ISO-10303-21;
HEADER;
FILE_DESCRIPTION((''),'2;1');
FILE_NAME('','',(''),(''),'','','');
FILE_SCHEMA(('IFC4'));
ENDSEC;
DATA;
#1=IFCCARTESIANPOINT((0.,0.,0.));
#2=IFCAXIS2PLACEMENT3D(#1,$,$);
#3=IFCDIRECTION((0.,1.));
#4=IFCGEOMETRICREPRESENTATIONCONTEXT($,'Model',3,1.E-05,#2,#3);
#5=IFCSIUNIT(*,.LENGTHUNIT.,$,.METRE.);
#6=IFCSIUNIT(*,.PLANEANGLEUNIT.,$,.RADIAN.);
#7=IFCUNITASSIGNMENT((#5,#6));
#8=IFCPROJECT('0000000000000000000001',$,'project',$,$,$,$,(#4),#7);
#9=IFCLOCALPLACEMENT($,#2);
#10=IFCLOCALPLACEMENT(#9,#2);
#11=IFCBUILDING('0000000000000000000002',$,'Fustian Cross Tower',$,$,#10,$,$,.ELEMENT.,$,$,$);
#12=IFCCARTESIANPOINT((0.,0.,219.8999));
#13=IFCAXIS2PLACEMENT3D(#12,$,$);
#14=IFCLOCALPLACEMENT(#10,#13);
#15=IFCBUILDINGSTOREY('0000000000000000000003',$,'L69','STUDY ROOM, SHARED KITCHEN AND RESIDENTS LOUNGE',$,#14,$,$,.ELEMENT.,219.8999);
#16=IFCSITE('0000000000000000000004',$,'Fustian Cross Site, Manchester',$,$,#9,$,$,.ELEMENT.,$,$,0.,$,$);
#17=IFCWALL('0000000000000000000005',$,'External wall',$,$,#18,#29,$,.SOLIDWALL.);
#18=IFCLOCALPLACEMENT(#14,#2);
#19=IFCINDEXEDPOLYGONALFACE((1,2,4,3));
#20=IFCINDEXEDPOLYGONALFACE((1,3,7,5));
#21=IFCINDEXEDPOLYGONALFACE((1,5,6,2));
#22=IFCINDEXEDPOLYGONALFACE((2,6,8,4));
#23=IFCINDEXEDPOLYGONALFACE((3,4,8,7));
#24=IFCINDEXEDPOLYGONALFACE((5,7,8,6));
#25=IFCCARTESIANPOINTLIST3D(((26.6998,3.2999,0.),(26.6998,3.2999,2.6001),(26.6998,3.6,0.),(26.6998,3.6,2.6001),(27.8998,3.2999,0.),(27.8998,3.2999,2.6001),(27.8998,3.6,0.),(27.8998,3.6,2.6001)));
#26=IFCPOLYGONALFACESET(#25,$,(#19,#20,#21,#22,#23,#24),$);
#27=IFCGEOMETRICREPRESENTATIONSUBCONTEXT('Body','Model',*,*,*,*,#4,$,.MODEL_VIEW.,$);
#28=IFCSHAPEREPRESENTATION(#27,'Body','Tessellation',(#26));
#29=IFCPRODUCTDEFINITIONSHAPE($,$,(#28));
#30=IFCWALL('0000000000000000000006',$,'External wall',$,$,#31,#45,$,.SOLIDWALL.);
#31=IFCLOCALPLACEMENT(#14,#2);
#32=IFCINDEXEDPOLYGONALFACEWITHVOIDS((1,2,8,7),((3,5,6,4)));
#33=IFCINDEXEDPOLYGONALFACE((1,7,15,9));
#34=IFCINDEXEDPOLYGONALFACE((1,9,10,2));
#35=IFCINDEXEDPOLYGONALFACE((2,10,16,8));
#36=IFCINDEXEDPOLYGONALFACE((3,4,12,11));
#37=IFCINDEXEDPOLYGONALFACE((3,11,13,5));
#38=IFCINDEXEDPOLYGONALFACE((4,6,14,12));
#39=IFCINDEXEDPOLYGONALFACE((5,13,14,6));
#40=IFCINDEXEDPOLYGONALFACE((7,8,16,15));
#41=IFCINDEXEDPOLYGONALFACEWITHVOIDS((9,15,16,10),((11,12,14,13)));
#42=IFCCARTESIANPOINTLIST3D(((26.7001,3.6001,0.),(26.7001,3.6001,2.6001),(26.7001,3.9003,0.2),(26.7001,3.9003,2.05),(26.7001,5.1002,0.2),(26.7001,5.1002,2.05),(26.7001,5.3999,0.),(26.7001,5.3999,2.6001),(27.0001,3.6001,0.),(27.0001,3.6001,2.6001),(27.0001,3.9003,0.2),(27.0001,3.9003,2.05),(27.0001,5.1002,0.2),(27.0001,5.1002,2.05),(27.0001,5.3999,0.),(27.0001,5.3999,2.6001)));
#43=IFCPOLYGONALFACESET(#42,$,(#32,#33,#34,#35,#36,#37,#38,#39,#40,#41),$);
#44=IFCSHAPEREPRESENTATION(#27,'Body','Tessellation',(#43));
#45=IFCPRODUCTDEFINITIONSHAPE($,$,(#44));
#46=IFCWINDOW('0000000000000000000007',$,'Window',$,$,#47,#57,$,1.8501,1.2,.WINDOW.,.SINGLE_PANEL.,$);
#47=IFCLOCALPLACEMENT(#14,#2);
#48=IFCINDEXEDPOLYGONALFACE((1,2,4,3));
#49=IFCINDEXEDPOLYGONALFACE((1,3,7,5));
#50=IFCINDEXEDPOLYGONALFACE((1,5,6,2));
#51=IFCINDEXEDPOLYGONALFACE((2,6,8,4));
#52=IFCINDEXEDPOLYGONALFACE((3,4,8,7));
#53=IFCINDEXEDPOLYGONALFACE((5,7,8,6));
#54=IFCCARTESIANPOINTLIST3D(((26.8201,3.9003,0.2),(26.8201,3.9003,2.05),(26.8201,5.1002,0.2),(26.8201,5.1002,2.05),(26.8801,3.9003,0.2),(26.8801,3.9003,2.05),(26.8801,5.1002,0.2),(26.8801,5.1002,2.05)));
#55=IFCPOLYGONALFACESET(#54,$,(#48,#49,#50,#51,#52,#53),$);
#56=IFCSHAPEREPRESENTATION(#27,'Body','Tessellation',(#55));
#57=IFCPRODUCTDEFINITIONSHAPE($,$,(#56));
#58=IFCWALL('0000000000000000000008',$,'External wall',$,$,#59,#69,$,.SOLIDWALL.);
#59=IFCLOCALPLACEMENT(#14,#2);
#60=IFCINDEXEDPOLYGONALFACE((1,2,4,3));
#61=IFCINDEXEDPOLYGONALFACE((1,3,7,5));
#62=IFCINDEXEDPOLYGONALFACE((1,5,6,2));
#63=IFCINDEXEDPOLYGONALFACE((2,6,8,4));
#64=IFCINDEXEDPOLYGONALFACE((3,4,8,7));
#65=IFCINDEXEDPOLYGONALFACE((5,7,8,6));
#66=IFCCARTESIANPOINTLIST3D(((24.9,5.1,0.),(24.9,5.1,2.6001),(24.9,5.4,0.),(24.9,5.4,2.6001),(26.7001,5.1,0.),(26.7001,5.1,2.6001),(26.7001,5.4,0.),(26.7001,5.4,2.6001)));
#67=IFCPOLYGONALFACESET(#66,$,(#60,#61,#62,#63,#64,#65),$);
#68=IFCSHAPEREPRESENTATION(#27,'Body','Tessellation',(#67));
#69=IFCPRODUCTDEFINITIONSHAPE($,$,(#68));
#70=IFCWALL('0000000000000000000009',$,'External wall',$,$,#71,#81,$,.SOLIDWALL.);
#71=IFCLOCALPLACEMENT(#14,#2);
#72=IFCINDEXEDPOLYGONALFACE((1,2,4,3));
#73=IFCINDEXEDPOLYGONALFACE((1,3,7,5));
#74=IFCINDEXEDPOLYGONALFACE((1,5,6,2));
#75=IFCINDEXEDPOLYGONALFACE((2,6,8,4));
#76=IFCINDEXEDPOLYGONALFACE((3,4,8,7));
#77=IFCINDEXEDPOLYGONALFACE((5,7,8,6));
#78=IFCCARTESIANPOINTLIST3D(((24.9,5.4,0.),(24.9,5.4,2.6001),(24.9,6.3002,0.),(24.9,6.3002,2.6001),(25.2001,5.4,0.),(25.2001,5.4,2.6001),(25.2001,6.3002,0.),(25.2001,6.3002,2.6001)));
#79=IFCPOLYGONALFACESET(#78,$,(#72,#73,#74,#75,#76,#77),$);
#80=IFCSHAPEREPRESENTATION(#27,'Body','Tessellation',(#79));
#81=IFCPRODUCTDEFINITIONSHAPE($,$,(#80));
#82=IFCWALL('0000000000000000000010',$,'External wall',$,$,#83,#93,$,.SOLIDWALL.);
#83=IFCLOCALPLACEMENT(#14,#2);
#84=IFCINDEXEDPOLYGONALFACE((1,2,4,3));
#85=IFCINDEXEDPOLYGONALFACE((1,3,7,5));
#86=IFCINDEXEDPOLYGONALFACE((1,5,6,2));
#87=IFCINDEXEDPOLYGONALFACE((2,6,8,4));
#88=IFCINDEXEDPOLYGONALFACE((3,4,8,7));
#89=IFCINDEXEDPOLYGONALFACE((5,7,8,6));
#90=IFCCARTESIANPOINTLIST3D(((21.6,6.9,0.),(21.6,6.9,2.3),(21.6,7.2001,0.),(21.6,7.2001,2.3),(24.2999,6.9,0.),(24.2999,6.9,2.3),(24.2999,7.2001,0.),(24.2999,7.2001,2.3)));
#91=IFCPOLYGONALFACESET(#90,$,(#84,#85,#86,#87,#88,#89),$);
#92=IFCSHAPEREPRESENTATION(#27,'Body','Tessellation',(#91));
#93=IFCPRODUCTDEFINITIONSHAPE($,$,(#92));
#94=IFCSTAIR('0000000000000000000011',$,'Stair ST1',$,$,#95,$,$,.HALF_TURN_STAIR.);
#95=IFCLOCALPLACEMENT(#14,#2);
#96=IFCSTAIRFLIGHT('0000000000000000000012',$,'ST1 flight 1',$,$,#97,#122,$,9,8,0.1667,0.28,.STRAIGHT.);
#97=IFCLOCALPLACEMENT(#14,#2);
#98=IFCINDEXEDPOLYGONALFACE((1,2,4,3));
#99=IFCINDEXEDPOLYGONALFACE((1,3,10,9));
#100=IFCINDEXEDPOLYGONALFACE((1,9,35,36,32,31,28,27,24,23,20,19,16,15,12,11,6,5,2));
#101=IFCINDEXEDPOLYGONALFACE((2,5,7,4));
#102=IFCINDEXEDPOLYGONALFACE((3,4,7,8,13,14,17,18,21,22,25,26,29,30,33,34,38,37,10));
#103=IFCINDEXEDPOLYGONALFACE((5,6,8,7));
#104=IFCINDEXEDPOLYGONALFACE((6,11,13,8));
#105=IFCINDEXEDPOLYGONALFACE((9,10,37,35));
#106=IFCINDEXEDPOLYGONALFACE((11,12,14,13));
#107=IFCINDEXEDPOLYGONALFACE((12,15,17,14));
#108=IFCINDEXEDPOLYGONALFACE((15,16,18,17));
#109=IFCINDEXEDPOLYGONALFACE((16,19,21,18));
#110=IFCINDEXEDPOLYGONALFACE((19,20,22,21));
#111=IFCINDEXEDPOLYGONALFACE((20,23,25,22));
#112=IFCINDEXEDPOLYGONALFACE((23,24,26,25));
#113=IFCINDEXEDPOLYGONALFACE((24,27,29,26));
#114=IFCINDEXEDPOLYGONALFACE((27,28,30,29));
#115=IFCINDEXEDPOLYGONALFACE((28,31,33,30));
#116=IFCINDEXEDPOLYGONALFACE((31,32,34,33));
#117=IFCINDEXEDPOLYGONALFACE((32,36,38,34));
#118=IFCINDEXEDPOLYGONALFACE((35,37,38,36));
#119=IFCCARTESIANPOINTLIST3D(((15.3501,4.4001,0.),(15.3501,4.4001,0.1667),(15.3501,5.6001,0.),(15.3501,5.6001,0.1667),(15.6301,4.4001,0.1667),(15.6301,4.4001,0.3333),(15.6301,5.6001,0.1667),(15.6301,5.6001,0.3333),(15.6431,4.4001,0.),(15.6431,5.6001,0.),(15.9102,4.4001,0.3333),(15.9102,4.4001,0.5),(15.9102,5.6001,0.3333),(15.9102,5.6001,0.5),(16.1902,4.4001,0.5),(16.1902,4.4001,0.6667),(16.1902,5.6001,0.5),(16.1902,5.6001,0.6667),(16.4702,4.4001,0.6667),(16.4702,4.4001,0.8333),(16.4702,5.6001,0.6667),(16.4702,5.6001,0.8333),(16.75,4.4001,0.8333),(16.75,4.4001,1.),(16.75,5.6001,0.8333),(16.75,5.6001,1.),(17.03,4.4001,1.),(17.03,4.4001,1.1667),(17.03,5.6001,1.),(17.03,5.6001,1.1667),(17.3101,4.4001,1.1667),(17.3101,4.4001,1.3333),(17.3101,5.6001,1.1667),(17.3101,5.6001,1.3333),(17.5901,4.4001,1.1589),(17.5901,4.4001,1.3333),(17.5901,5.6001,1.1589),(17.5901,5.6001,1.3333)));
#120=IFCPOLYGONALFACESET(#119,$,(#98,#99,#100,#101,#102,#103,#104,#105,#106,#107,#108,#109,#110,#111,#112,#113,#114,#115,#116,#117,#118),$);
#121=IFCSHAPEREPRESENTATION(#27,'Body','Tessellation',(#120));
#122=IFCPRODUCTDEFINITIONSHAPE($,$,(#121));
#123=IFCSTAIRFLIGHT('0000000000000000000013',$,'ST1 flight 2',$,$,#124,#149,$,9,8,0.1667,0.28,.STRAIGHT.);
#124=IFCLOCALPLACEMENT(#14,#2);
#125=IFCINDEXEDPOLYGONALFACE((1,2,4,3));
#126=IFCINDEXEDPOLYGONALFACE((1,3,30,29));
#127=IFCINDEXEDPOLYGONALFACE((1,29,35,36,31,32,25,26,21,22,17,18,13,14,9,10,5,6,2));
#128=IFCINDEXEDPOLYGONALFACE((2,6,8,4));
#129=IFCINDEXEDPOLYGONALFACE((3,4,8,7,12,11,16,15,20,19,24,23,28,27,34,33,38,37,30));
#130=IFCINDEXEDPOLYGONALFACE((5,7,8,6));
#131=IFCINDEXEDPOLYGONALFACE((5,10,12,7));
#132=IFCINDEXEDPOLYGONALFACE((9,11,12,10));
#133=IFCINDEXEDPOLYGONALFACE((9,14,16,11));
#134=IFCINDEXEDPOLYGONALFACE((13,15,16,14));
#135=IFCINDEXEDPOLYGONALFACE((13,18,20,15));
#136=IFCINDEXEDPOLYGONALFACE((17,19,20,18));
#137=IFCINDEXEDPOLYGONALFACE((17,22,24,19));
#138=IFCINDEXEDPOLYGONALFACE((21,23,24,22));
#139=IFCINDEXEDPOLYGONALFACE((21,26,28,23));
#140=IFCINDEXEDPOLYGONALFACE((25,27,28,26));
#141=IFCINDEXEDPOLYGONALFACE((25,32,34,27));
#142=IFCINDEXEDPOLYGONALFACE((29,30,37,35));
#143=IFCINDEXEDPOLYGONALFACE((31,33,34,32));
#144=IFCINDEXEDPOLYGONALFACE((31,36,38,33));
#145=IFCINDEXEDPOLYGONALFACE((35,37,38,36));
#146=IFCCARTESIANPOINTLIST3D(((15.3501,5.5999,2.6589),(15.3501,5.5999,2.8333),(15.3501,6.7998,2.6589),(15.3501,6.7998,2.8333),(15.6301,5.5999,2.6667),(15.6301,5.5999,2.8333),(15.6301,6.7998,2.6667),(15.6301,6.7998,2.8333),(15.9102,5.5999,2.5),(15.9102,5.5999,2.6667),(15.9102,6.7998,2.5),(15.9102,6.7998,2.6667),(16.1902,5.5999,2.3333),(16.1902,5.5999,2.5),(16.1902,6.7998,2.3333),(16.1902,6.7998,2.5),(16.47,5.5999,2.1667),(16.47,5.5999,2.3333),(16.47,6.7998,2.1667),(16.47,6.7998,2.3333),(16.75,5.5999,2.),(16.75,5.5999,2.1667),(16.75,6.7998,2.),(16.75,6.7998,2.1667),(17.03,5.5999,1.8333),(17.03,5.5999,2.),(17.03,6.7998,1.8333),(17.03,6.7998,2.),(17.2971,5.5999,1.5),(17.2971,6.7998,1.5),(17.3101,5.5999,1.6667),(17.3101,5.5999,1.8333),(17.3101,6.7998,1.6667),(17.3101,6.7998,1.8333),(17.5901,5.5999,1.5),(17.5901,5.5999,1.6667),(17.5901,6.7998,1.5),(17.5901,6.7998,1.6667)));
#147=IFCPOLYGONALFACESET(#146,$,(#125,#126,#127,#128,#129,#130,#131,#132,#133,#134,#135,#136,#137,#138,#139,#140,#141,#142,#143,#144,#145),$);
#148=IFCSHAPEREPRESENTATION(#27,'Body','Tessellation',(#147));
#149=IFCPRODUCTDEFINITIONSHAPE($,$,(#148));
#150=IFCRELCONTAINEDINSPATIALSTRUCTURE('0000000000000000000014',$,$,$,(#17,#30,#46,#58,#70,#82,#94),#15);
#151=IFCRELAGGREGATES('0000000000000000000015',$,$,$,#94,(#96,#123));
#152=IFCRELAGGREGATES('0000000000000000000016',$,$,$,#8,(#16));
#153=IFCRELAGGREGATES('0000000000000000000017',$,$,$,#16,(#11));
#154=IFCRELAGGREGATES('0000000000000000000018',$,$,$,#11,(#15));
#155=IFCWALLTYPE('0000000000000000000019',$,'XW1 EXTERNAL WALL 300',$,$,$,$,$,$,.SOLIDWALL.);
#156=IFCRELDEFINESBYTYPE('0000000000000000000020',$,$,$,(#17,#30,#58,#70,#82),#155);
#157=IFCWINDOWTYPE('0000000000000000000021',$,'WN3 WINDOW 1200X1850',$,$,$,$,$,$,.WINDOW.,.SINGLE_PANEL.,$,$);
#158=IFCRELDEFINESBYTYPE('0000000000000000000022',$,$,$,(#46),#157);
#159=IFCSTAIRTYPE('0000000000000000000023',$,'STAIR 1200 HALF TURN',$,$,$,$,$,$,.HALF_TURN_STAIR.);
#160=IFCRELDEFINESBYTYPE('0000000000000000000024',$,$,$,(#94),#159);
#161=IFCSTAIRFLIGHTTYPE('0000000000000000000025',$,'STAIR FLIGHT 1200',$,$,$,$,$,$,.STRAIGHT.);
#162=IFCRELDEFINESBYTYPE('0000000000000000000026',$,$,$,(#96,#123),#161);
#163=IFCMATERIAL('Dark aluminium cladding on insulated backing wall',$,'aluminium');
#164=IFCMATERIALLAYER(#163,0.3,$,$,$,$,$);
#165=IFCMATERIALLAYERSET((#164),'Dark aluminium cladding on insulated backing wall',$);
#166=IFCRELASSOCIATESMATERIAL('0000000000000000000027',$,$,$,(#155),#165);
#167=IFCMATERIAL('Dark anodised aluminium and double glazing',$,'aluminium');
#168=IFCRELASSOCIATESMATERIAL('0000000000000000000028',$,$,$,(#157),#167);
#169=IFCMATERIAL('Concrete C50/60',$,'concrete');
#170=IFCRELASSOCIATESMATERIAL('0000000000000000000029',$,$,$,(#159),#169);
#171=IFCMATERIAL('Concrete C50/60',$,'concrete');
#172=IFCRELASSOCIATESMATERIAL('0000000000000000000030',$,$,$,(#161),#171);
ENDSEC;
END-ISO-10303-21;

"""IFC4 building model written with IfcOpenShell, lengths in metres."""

from ifc_helpers import new_model, si_unit, direction, frame, frame_2d, origin, place, context, subcontext, project, spatial, polyline, rectangle, outline, extrude, material, layer, layer_set, type_object, element, fill, aggregate, save


model = new_model("IFC4")

# Units and contexts
model_context = context("Model", 3, precision=1e-05, world=origin(), true_north=direction((0.0, 1.0)))
body_context = subcontext(model_context, "Body", "Model", "MODEL_VIEW")
ifc_project = project(units=[si_unit("LENGTHUNIT", "METRE"), si_unit("PLANEANGLEUNIT", "RADIAN")], contexts=[model_context])

# Site, building, storey
site_placement = place(None, origin())
site = spatial("IfcSite", under=ifc_project, at=site_placement, Name="Fustian Cross Site, Manchester", CompositionType="ELEMENT", RefElevation=0.0)
building_placement = place(site_placement, origin())
building = spatial("IfcBuilding", under=site, at=building_placement, Name="Fustian Cross Tower", CompositionType="ELEMENT")
storey_placement = place(building_placement, frame((0.0, 0.0, 219.8999)))
storey = spatial("IfcBuildingStorey", under=building, at=storey_placement, Name="L69", Description="STUDY ROOM, SHARED KITCHEN AND RESIDENTS LOUNGE", CompositionType="ELEMENT", Elevation=219.8999)

# Wall
ifc_material_1 = material(Name="Dark aluminium cladding on insulated backing wall", Category="aluminium")
ifc_layer_1 = layer(ifc_material_1, 0.3)
ifc_layer_set_1 = layer_set([ifc_layer_1], Name="Dark aluminium cladding on insulated backing wall")
wall_type_1 = type_object("IfcWallType", Name="XW1 EXTERNAL WALL 300", PredefinedType="SOLIDWALL", material=ifc_layer_set_1)
wall_1_placement = place(storey_placement, frame((27.8999, 3.45, 0.0), z_axis=(0.0, 0.0, 1.0), x_axis=(-1.0, 0.0, 0.0)))
element("IfcWall", 1, at=wall_1_placement, inside=storey, type_object=wall_type_1, Name="External wall", PredefinedType="SOLIDWALL", context=body_context, shape_type="SweptSolid", body=[
    extrude(rectangle(XDim=1.2, YDim=0.3, at=frame_2d((0.6001, 0.0))), origin(), (0.0, 0.0, 1.0), 2.6001),
])

# Wall, opening, window
wall_2_placement = place(storey_placement, frame((26.8501, 3.6001, 0.0), z_axis=(0.0, 0.0, 1.0), x_axis=(0.0, 1.0, 0.0)))
wall_2 = element("IfcWall", 2, at=wall_2_placement, inside=storey, type_object=wall_type_1, Name="External wall", PredefinedType="SOLIDWALL", context=body_context, shape_type="SweptSolid", body=[
    extrude(rectangle(XDim=1.7998, YDim=0.3, at=frame_2d((0.8999, 0.0))), origin(), (0.0, 0.0, 1.0), 2.6001),
])
opening_1_placement = place(wall_2_placement, frame((0.3, 0.0, 0.2)))
opening_1 = element("IfcOpeningElement", 3, at=opening_1_placement, cuts=wall_2, PredefinedType="OPENING", context=body_context, shape_type="SweptSolid", body=[
    extrude(rectangle(XDim=1.2, YDim=1.8501, at=frame_2d((0.6001, 0.925))), frame((0.0, 0.1599, 0.0), z_axis=(0.0, -1.0, 0.0), x_axis=(1.0, 0.0, 0.0)), (0.0, 0.0, 1.0), 0.3201),
])
ifc_material_2 = material(Name="Dark anodised aluminium and double glazing", Category="aluminium")
window_type = type_object("IfcWindowType", Name="WN3 WINDOW 1200X1850", PartitioningType="SINGLE_PANEL", PredefinedType="WINDOW", material=ifc_material_2)
window_placement = place(opening_1_placement, origin())
window = element("IfcWindow", 4, at=window_placement, inside=storey, type_object=window_type, Name="Window", OverallHeight=1.8501, OverallWidth=1.2, PartitioningType="SINGLE_PANEL", PredefinedType="WINDOW", context=body_context, shape_type="SweptSolid", body=[
    extrude(rectangle(XDim=1.2, YDim=1.8501, at=frame_2d((0.6001, 0.925))), frame((0.0, 0.03, 0.0), z_axis=(0.0, -1.0, 0.0), x_axis=(1.0, 0.0, 0.0)), (0.0, 0.0, 1.0), 0.0601),
])
fill(opening_1, window)

# Walls
wall_3_placement = place(storey_placement, frame((26.7, 5.25, 0.0), z_axis=(0.0, 0.0, 1.0), x_axis=(-1.0, 0.0, 0.0)))
element("IfcWall", 5, at=wall_3_placement, inside=storey, type_object=wall_type_1, Name="External wall", PredefinedType="SOLIDWALL", context=body_context, shape_type="SweptSolid", body=[
    extrude(rectangle(XDim=1.8, YDim=0.3, at=frame_2d((0.8999, 0.0))), origin(), (0.0, 0.0, 1.0), 2.6001),
])
wall_4_placement = place(storey_placement, frame((25.05, 5.3999, 0.0), z_axis=(0.0, 0.0, 1.0), x_axis=(0.0, 1.0, 0.0)))
element("IfcWall", 6, at=wall_4_placement, inside=storey, type_object=wall_type_1, Name="External wall", PredefinedType="SOLIDWALL", context=body_context, shape_type="SweptSolid", body=[
    extrude(rectangle(XDim=0.9001, YDim=0.3, at=frame_2d((0.4502, 0.0))), origin(), (0.0, 0.0, 1.0), 2.6001),
])
wall_5_placement = place(storey_placement, frame((24.3, 7.05, 0.0), z_axis=(0.0, 0.0, 1.0), x_axis=(-1.0, 0.0, 0.0)))
element("IfcWall", 7, at=wall_5_placement, inside=storey, type_object=wall_type_1, Name="External wall", PredefinedType="SOLIDWALL", context=body_context, shape_type="SweptSolid", body=[
    extrude(rectangle(XDim=2.7, YDim=0.3, at=frame_2d((1.3501, 0.0))), origin(), (0.0, 0.0, 1.0), 2.3),
])

# Stair, stair flights
ifc_material_3 = material(Name="Concrete C50/60", Category="concrete")
stair_type = type_object("IfcStairType", Name="STAIR 1200 HALF TURN", PredefinedType="HALF_TURN_STAIR", material=ifc_material_3)
stair_placement = place(storey_placement, origin())
stair = element("IfcStair", 8, at=stair_placement, inside=storey, type_object=stair_type, Name="Stair ST1", PredefinedType="HALF_TURN_STAIR")
ifc_material_4 = material(Name="Concrete C50/60", Category="concrete")
stair_flight_type = type_object("IfcStairFlightType", Name="STAIR FLIGHT 1200", PredefinedType="STRAIGHT", material=ifc_material_4)
stair_flight_1_placement = place(storey_placement, frame((15.3501, 5.0, 0.0), z_axis=(0.0, 0.0, 1.0), x_axis=(1.0, 0.0, 0.0)))
stair_flight_1 = element("IfcStairFlight", 9, at=stair_flight_1_placement, type_object=stair_flight_type, Name="ST1 flight 1", NumberOfRisers=9, NumberOfTreads=8, PredefinedType="STRAIGHT", RiserHeight=0.1667, TreadLength=0.28, context=body_context, shape_type="SweptSolid", body=[
    extrude(outline(polyline([(0.0, 0.0), (0.0, 0.1667), (0.28, 0.1667), (0.28, 0.3333), (0.5601, 0.3333), (0.5601, 0.5), (0.8401, 0.5), (0.8401, 0.6667), (1.1201, 0.6667), (1.1201, 0.8333), (1.3999, 0.8333), (1.3999, 1.0), (1.6799, 1.0), (1.6799, 1.1667), (1.96, 1.1667), (1.96, 1.3333), (2.24, 1.3333), (2.24, 1.5), (2.24, 1.1589), (0.293, 0.0), (0.0, 0.0)])), frame((0.0, 0.6001, 0.0), z_axis=(0.0, -1.0, 0.0), x_axis=(1.0, 0.0, 0.0)), (0.0, 0.0, 1.0), 1.2),
])
stair_flight_2_placement = place(storey_placement, frame((17.5901, 6.2, 1.5), z_axis=(0.0, 0.0, 1.0), x_axis=(-1.0, 0.0, 0.0)))
stair_flight_2 = element("IfcStairFlight", 10, at=stair_flight_2_placement, type_object=stair_flight_type, Name="ST1 flight 2", NumberOfRisers=9, NumberOfTreads=8, PredefinedType="STRAIGHT", RiserHeight=0.1667, TreadLength=0.28, context=body_context, shape_type="SweptSolid", body=[
    extrude(outline(polyline([(0.0, 0.0), (0.0, 0.1667), (0.28, 0.1667), (0.28, 0.3333), (0.5601, 0.3333), (0.5601, 0.5), (0.8401, 0.5), (0.8401, 0.6667), (1.1201, 0.6667), (1.1201, 0.8333), (1.3999, 0.8333), (1.3999, 1.0), (1.6799, 1.0), (1.6799, 1.1667), (1.96, 1.1667), (1.96, 1.3333), (2.24, 1.3333), (2.24, 1.5), (2.24, 1.1589), (0.293, 0.0), (0.0, 0.0)])), frame((0.0, 0.6001, 0.0), z_axis=(0.0, -1.0, 0.0), x_axis=(1.0, 0.0, 0.0)), (0.0, 0.0, 1.0), 1.2),
])
aggregate(stair, [stair_flight_1, stair_flight_2])

save(model, "model.ifc")
